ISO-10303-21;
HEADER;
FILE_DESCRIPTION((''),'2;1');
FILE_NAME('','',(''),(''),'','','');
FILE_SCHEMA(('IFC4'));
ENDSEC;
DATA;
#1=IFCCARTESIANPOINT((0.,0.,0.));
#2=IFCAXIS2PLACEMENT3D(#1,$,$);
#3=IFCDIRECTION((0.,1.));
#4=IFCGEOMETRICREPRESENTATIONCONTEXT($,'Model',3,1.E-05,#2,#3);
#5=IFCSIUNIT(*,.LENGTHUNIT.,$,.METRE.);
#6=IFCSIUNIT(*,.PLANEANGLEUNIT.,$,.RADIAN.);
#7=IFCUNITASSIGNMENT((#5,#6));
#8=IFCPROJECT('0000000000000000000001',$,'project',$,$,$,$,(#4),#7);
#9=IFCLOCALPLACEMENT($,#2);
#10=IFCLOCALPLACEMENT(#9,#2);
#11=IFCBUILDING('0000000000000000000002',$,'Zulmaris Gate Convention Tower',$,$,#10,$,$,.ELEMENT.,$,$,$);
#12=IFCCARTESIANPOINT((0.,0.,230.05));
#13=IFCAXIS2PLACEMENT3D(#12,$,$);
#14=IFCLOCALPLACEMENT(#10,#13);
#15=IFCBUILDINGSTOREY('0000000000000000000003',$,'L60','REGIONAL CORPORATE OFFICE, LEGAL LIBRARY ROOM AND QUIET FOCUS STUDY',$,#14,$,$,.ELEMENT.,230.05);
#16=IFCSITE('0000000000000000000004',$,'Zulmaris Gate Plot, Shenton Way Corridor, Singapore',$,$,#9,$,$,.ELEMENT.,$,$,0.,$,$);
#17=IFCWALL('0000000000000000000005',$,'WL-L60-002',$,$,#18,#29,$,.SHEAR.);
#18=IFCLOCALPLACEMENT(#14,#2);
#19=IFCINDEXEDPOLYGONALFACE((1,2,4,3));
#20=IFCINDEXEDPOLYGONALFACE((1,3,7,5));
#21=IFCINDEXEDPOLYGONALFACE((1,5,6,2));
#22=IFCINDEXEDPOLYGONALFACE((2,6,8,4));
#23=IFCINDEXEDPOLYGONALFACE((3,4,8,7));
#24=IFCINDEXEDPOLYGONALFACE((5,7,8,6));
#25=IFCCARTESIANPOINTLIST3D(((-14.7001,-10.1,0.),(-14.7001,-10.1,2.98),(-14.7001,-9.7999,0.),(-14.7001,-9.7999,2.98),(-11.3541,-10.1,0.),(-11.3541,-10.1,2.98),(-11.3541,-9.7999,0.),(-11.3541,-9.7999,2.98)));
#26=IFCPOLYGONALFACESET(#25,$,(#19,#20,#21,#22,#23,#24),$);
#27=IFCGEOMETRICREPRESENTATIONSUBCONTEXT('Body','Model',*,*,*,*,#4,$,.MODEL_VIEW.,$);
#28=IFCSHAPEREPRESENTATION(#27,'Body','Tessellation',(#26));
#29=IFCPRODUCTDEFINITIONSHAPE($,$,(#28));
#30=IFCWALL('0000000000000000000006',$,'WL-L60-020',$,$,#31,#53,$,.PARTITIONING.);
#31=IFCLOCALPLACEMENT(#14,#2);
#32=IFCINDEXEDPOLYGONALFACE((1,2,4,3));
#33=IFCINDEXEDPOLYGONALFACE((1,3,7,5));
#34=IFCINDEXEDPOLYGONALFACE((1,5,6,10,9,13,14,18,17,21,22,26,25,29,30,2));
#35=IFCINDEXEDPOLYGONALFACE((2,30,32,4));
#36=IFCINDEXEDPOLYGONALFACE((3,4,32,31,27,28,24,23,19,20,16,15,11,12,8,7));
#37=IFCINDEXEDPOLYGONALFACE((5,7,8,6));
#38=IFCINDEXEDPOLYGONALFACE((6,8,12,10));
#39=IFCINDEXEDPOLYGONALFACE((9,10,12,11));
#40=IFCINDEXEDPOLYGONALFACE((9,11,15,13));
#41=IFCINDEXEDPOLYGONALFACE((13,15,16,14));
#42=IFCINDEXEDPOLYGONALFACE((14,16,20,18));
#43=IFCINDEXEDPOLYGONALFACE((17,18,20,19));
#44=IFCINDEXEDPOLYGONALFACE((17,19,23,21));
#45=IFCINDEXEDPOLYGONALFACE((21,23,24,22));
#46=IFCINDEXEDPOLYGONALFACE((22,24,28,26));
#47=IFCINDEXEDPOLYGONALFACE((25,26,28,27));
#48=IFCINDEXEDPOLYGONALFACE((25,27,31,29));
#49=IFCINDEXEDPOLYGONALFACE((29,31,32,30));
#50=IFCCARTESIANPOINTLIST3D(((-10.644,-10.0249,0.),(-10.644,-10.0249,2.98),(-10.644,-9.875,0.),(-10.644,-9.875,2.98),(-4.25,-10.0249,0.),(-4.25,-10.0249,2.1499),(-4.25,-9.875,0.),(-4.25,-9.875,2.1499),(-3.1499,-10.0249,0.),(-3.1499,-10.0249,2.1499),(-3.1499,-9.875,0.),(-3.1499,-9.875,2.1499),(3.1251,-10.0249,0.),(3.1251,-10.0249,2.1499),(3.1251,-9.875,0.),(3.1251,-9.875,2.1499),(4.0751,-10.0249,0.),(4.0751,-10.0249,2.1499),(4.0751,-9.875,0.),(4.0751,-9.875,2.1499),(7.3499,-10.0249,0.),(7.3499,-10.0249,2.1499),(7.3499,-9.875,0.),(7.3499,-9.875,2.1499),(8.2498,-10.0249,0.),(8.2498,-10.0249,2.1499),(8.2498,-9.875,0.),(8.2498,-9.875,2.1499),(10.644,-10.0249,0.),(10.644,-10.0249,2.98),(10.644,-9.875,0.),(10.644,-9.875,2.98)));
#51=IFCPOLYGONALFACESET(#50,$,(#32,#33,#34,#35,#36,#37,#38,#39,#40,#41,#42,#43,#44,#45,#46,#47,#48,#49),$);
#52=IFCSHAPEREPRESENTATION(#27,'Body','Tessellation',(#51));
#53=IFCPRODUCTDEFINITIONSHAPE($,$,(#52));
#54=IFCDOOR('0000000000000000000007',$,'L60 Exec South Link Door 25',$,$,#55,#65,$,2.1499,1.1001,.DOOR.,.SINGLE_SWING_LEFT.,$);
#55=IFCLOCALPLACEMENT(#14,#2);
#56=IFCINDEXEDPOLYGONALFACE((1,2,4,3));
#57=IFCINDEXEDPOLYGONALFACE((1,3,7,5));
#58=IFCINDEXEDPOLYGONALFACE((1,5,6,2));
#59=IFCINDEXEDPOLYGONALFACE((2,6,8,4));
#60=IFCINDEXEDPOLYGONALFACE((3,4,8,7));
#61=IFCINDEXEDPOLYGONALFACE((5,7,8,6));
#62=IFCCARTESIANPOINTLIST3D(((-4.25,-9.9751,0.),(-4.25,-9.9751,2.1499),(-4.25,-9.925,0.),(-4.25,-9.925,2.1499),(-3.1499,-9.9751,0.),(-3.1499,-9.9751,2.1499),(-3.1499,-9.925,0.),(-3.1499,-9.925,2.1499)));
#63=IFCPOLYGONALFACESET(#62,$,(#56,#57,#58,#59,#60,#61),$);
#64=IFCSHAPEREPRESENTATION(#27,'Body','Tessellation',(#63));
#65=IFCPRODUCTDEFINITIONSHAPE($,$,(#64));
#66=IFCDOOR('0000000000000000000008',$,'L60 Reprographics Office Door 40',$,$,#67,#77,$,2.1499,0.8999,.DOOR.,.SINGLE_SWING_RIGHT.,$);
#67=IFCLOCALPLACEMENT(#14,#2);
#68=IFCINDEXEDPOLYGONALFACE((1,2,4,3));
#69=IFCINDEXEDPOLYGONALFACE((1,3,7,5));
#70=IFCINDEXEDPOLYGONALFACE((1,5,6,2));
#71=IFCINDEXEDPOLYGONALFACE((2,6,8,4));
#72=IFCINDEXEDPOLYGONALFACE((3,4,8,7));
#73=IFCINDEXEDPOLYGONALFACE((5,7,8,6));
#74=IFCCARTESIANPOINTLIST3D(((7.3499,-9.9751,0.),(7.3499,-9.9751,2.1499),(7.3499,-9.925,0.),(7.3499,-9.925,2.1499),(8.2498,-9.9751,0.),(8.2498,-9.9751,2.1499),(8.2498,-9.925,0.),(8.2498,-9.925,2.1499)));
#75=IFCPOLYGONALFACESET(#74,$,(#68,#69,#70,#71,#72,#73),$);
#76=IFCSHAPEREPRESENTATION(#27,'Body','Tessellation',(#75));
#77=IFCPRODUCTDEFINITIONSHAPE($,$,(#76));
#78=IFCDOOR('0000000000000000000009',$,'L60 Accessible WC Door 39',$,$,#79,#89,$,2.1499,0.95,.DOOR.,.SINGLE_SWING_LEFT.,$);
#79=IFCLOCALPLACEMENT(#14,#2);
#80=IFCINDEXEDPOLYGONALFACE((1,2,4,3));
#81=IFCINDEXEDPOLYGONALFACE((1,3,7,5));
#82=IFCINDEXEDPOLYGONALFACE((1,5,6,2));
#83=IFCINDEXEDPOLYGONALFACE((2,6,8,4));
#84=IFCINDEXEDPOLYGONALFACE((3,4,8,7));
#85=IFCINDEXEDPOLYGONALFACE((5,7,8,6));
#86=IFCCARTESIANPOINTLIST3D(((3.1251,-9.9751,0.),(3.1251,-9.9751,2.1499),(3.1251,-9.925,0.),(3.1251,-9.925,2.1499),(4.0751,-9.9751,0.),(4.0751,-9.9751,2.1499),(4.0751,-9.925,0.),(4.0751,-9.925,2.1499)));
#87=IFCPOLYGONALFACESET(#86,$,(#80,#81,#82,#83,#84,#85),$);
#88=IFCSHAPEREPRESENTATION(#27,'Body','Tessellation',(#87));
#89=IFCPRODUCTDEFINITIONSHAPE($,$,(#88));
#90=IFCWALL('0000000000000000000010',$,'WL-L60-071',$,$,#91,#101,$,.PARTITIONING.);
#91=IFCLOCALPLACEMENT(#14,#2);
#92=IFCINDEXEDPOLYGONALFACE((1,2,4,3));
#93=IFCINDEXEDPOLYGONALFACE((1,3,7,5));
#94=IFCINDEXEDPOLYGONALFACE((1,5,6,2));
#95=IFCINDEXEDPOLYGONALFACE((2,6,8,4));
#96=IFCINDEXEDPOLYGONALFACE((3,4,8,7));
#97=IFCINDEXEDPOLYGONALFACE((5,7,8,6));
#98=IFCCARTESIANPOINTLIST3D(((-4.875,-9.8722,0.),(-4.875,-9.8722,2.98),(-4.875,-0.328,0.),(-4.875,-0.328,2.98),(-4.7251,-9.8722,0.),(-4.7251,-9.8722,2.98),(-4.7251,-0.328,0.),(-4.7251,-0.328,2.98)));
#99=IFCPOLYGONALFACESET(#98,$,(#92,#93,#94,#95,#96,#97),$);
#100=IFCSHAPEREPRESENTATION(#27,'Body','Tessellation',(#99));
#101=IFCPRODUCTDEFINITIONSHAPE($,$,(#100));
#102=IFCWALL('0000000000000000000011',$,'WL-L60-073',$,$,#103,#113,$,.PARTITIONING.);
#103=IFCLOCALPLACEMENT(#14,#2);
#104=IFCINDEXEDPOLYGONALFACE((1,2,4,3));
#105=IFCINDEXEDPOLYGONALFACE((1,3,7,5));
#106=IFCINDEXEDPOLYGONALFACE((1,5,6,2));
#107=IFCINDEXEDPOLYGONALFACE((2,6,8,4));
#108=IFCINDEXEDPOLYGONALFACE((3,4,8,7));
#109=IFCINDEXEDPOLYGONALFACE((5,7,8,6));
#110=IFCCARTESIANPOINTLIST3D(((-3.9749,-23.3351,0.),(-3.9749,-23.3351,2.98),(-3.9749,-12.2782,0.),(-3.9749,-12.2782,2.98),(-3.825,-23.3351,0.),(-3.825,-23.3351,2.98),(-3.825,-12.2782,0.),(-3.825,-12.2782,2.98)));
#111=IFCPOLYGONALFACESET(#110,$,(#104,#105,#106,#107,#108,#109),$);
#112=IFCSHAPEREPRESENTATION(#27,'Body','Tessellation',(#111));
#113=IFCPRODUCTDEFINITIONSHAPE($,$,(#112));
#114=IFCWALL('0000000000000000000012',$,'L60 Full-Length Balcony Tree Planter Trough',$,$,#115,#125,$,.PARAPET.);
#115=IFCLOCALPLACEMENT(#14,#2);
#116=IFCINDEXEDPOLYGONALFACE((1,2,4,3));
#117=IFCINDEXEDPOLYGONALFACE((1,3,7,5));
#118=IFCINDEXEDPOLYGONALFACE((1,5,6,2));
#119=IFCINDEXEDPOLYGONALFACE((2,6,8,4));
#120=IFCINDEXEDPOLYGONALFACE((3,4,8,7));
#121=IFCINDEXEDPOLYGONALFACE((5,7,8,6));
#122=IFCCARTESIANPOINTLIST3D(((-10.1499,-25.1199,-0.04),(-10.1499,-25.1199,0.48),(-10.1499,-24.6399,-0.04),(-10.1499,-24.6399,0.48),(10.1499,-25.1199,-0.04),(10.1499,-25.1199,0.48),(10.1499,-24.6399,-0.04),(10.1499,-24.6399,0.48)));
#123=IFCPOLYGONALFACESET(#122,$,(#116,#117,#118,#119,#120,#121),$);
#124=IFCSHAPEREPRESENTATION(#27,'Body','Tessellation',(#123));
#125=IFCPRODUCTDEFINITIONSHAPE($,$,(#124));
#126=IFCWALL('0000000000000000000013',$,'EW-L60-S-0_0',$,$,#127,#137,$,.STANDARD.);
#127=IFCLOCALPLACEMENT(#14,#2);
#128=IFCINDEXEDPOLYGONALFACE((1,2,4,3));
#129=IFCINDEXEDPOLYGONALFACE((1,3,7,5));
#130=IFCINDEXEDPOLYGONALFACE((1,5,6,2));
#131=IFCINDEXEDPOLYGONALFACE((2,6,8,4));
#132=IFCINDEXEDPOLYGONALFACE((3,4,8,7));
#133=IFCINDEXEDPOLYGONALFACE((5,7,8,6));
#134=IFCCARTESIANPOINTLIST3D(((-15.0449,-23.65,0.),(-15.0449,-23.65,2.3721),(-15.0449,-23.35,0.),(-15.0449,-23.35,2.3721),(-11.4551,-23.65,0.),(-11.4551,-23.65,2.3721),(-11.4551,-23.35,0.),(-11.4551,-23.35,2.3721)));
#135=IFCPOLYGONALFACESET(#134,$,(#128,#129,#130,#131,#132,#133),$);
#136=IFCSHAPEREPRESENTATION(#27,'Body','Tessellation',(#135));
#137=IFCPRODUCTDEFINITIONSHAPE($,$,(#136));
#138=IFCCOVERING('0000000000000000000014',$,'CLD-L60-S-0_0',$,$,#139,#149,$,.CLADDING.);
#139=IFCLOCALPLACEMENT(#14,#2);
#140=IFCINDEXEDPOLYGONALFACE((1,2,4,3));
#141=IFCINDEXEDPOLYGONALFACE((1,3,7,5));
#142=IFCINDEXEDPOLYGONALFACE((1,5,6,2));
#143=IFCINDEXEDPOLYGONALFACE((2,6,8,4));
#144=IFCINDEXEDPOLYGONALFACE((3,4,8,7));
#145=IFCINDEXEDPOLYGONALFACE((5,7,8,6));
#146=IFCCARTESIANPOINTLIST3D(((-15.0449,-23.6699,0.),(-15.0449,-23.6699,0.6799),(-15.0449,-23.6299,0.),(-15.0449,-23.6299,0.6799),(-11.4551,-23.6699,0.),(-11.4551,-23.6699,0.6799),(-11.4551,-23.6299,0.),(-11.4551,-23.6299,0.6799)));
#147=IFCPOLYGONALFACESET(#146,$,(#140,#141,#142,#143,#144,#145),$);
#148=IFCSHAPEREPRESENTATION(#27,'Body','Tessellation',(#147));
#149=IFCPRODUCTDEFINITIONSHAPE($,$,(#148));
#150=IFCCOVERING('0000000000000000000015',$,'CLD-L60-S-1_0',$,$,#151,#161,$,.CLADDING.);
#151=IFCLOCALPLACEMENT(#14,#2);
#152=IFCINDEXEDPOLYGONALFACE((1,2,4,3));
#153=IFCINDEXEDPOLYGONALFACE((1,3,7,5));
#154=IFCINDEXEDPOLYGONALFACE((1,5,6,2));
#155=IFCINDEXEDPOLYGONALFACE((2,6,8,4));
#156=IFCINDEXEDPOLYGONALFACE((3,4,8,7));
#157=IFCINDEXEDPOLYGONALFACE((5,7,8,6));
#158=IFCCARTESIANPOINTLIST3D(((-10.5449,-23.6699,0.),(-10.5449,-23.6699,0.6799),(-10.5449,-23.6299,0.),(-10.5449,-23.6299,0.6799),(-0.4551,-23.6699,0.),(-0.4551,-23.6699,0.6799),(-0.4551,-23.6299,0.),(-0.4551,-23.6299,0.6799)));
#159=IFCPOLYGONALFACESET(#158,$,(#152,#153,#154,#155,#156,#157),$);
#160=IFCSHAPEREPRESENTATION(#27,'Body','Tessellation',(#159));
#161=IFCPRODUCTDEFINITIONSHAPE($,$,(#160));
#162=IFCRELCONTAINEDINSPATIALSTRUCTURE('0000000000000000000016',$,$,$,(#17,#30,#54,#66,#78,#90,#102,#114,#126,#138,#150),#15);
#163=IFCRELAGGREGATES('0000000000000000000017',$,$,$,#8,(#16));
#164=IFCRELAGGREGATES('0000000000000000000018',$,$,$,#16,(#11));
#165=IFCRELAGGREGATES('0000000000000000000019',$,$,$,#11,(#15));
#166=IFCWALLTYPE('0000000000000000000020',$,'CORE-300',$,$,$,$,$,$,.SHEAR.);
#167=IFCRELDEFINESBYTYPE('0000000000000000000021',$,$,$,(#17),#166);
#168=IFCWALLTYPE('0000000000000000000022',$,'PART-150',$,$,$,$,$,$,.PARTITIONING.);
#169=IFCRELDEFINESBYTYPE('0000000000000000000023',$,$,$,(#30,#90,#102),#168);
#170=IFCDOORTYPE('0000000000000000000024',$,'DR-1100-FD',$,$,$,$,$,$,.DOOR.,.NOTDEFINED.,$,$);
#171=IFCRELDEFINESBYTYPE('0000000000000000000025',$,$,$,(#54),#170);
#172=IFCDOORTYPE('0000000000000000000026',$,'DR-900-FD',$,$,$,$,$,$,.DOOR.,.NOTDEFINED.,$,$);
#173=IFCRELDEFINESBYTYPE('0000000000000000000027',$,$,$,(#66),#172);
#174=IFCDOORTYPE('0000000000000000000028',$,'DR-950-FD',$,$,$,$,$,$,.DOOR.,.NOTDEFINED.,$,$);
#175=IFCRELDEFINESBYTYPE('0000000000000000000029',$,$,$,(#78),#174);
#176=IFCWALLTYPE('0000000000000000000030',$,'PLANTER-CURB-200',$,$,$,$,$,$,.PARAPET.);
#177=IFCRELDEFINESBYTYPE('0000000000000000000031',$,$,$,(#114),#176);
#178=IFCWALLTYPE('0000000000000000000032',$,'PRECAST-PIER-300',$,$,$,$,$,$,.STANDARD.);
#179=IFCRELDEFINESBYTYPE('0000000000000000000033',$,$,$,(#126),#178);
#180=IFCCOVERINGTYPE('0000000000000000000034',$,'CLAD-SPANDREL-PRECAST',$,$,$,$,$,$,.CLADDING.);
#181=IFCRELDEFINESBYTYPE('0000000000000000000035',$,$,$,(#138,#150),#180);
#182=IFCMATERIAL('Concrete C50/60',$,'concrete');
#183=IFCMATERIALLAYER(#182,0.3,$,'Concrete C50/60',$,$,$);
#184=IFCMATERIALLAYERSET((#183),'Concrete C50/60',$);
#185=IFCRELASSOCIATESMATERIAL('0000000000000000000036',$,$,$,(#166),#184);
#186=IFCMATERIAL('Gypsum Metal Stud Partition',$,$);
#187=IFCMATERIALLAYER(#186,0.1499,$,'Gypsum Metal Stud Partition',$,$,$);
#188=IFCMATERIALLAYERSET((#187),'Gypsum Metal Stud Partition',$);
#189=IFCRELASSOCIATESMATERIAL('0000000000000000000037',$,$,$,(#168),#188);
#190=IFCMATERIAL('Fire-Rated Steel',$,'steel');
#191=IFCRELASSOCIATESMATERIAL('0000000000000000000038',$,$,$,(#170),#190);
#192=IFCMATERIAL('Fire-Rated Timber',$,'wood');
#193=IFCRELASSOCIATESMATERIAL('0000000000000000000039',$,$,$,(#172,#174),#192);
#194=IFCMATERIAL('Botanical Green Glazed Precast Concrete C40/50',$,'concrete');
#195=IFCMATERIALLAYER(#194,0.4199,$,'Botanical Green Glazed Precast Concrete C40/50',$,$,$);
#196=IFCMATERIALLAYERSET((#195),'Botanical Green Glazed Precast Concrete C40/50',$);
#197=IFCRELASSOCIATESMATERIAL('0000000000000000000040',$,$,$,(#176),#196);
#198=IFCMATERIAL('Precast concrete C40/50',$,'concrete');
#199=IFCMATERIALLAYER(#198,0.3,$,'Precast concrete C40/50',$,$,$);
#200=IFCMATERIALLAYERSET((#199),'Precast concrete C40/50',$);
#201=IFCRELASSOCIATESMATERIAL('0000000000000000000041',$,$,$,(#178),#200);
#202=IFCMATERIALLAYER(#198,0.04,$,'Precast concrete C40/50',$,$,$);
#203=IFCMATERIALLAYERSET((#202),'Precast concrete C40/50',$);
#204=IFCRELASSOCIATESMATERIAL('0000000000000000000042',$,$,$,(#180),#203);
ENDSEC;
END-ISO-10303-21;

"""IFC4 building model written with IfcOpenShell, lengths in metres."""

from ifc_helpers import new_model, si_unit, direction, frame, frame_2d, origin, place, context, subcontext, project, spatial, rectangle, extrude, material, layer, layer_set, type_object, element, fill, save


model = new_model("IFC4")

# Units and contexts
model_context = context("Model", 3, precision=1e-05, world=origin(), true_north=direction((0.0, 1.0)))
body_context = subcontext(model_context, "Body", "Model", "MODEL_VIEW")
ifc_project = project(units=[si_unit("LENGTHUNIT", "METRE"), si_unit("PLANEANGLEUNIT", "RADIAN")], contexts=[model_context])

# Site, building, storey
site_placement = place(None, origin())
site = spatial("IfcSite", under=ifc_project, at=site_placement, Name="Zulmaris Gate Plot, Shenton Way Corridor, Singapore", CompositionType="ELEMENT", RefElevation=0.0)
building_placement = place(site_placement, origin())
building = spatial("IfcBuilding", under=site, at=building_placement, Name="Zulmaris Gate Convention Tower", CompositionType="ELEMENT")
storey_placement = place(building_placement, frame((0.0, 0.0, 230.05)))
storey = spatial("IfcBuildingStorey", under=building, at=storey_placement, Name="L60", Description="REGIONAL CORPORATE OFFICE, LEGAL LIBRARY ROOM AND QUIET FOCUS STUDY", CompositionType="ELEMENT", Elevation=230.05)

# Shared definitions
ifc_material_1 = material(Name="Concrete C50/60", Category="concrete")

# Wall
ifc_layer_1 = layer(ifc_material_1, 0.3, Name="Concrete C50/60")
ifc_layer_set_1 = layer_set([ifc_layer_1], Name="Concrete C50/60")
wall_type_1 = type_object("IfcWallType", Name="CORE-300", PredefinedType="SHEAR", material=ifc_layer_set_1)
wall_1_placement = place(storey_placement, frame((-14.7, -9.95, 0.0), z_axis=(0.0, 0.0, 1.0), x_axis=(1.0, 0.0, 0.0)))
element("IfcWall", 1, at=wall_1_placement, inside=storey, type_object=wall_type_1, Name="WL-L60-002", PredefinedType="SHEAR", context=body_context, shape_type="SweptSolid", body=[
    extrude(rectangle(XDim=3.3459, YDim=0.3, at=frame_2d((1.6729, 0.0))), origin(), (0.0, 0.0, 1.0), 2.98),
])

# Wall, openings, doors
ifc_material_2 = material(Name="Gypsum Metal Stud Partition")
ifc_layer_2 = layer(ifc_material_2, 0.1499, Name="Gypsum Metal Stud Partition")
ifc_layer_set_2 = layer_set([ifc_layer_2], Name="Gypsum Metal Stud Partition")
wall_type_2 = type_object("IfcWallType", Name="PART-150", PredefinedType="PARTITIONING", material=ifc_layer_set_2)
wall_2_placement = place(storey_placement, frame((-10.644, -9.95, 0.0), z_axis=(0.0, 0.0, 1.0), x_axis=(1.0, 0.0, 0.0)))
wall_2 = element("IfcWall", 2, at=wall_2_placement, inside=storey, type_object=wall_type_2, Name="WL-L60-020", PredefinedType="PARTITIONING", context=body_context, shape_type="SweptSolid", body=[
    extrude(rectangle(XDim=21.2881, YDim=0.1499, at=frame_2d((10.644, 0.0))), origin(), (0.0, 0.0, 1.0), 2.98),
])
opening_1_placement = place(wall_2_placement, frame((6.394, 0.0, 0.0)))
opening_1 = element("IfcOpeningElement", 3, at=opening_1_placement, cuts=wall_2, PredefinedType="OPENING", context=body_context, shape_type="SweptSolid", body=[
    extrude(rectangle(XDim=1.1001, YDim=2.1499, at=frame_2d((0.55, 1.075))), frame((0.0, 0.085, 0.0), z_axis=(0.0, -1.0, 0.0), x_axis=(1.0, 0.0, 0.0)), (0.0, 0.0, 1.0), 0.1699),
])
opening_2_placement = place(wall_2_placement, frame((13.769, 0.0, 0.0)))
opening_2 = element("IfcOpeningElement", 4, at=opening_2_placement, cuts=wall_2, PredefinedType="OPENING", context=body_context, shape_type="SweptSolid", body=[
    extrude(rectangle(XDim=0.95, YDim=2.1499, at=frame_2d((0.4751, 1.075))), frame((0.0, 0.085, 0.0), z_axis=(0.0, -1.0, 0.0), x_axis=(1.0, 0.0, 0.0)), (0.0, 0.0, 1.0), 0.1699),
])
opening_3_placement = place(wall_2_placement, frame((17.9939, 0.0, 0.0)))
opening_3 = element("IfcOpeningElement", 5, at=opening_3_placement, cuts=wall_2, PredefinedType="OPENING", context=body_context, shape_type="SweptSolid", body=[
    extrude(rectangle(XDim=0.8999, YDim=2.1499, at=frame_2d((0.45, 1.075))), frame((0.0, 0.085, 0.0), z_axis=(0.0, -1.0, 0.0), x_axis=(1.0, 0.0, 0.0)), (0.0, 0.0, 1.0), 0.1699),
])
ifc_material_3 = material(Name="Fire-Rated Steel", Category="steel")
door_type_1 = type_object("IfcDoorType", Name="DR-1100-FD", OperationType="NOTDEFINED", PredefinedType="DOOR", material=ifc_material_3)
door_1_placement = place(opening_1_placement, origin())
door_1 = element("IfcDoor", 6, at=door_1_placement, inside=storey, type_object=door_type_1, Name="L60 Exec South Link Door 25", OperationType="SINGLE_SWING_LEFT", OverallHeight=2.1499, OverallWidth=1.1001, PredefinedType="DOOR", context=body_context, shape_type="SweptSolid", body=[
    extrude(rectangle(XDim=1.1001, YDim=2.1499, at=frame_2d((0.55, 1.075))), frame((0.0, 0.0249, 0.0), z_axis=(0.0, -1.0, 0.0), x_axis=(1.0, 0.0, 0.0)), (0.0, 0.0, 1.0), 0.05),
])
fill(opening_1, door_1)
ifc_material_4 = material(Name="Fire-Rated Timber", Category="wood")
door_type_2 = type_object("IfcDoorType", Name="DR-900-FD", OperationType="NOTDEFINED", PredefinedType="DOOR", material=ifc_material_4)
door_2_placement = place(opening_3_placement, origin())
door_2 = element("IfcDoor", 7, at=door_2_placement, inside=storey, type_object=door_type_2, Name="L60 Reprographics Office Door 40", OperationType="SINGLE_SWING_RIGHT", OverallHeight=2.1499, OverallWidth=0.8999, PredefinedType="DOOR", context=body_context, shape_type="SweptSolid", body=[
    extrude(rectangle(XDim=0.8999, YDim=2.1499, at=frame_2d((0.45, 1.075))), frame((0.0, 0.0249, 0.0), z_axis=(0.0, -1.0, 0.0), x_axis=(1.0, 0.0, 0.0)), (0.0, 0.0, 1.0), 0.05),
])
fill(opening_3, door_2)
door_type_3 = type_object("IfcDoorType", Name="DR-950-FD", OperationType="NOTDEFINED", PredefinedType="DOOR", material=ifc_material_4)
door_3_placement = place(opening_2_placement, origin())
door_3 = element("IfcDoor", 8, at=door_3_placement, inside=storey, type_object=door_type_3, Name="L60 Accessible WC Door 39", OperationType="SINGLE_SWING_LEFT", OverallHeight=2.1499, OverallWidth=0.95, PredefinedType="DOOR", context=body_context, shape_type="SweptSolid", body=[
    extrude(rectangle(XDim=0.95, YDim=2.1499, at=frame_2d((0.4751, 1.075))), frame((0.0, 0.0249, 0.0), z_axis=(0.0, -1.0, 0.0), x_axis=(1.0, 0.0, 0.0)), (0.0, 0.0, 1.0), 0.05),
])
fill(opening_2, door_3)

# Walls
wall_3_placement = place(storey_placement, frame((-4.8, -9.8721, 0.0), z_axis=(0.0, 0.0, 1.0), x_axis=(0.0, 1.0, 0.0)))
element("IfcWall", 9, at=wall_3_placement, inside=storey, type_object=wall_type_2, Name="WL-L60-071", PredefinedType="PARTITIONING", context=body_context, shape_type="SweptSolid", body=[
    extrude(rectangle(XDim=9.5442, YDim=0.1499, at=frame_2d((4.772, 0.0))), origin(), (0.0, 0.0, 1.0), 2.98),
])
wall_4_placement = place(storey_placement, frame((-3.8999, -23.335, 0.0), z_axis=(0.0, 0.0, 1.0), x_axis=(0.0, 1.0, 0.0)))
element("IfcWall", 10, at=wall_4_placement, inside=storey, type_object=wall_type_2, Name="WL-L60-073", PredefinedType="PARTITIONING", context=body_context, shape_type="SweptSolid", body=[
    extrude(rectangle(XDim=11.0569, YDim=0.1499, at=frame_2d((5.5283, 0.0))), origin(), (0.0, 0.0, 1.0), 2.98),
])
ifc_material_5 = material(Name="Botanical Green Glazed Precast Concrete C40/50", Category="concrete")
ifc_layer_3 = layer(ifc_material_5, 0.4199, Name="Botanical Green Glazed Precast Concrete C40/50")
ifc_layer_set_3 = layer_set([ifc_layer_3], Name="Botanical Green Glazed Precast Concrete C40/50")
wall_type_3 = type_object("IfcWallType", Name="PLANTER-CURB-200", PredefinedType="PARAPET", material=ifc_layer_set_3)
wall_5_placement = place(storey_placement, frame((-10.1499, -24.8799, -0.04), z_axis=(0.0, 0.0, 1.0), x_axis=(1.0, 0.0, 0.0)))
element("IfcWall", 11, at=wall_5_placement, inside=storey, type_object=wall_type_3, Name="L60 Full-Length Balcony Tree Planter Trough", PredefinedType="PARAPET", context=body_context, shape_type="SweptSolid", body=[
    extrude(rectangle(XDim=20.2998, YDim=0.48, at=frame_2d((10.1499, 0.0))), origin(), (0.0, 0.0, 1.0), 0.52),
])
ifc_material_6 = material(Name="Precast concrete C40/50", Category="concrete")
ifc_layer_4 = layer(ifc_material_6, 0.3, Name="Precast concrete C40/50")
ifc_layer_set_4 = layer_set([ifc_layer_4], Name="Precast concrete C40/50")
wall_type_4 = type_object("IfcWallType", Name="PRECAST-PIER-300", PredefinedType="STANDARD", material=ifc_layer_set_4)
wall_6_placement = place(storey_placement, frame((-15.0449, -23.5, 0.0), z_axis=(0.0, 0.0, 1.0), x_axis=(1.0, 0.0, 0.0)))
element("IfcWall", 12, at=wall_6_placement, inside=storey, type_object=wall_type_4, Name="EW-L60-S-0_0", PredefinedType="STANDARD", context=body_context, shape_type="SweptSolid", body=[
    extrude(rectangle(XDim=3.5898, YDim=0.3, at=frame_2d((1.7949, 0.0))), origin(), (0.0, 0.0, 1.0), 2.3721),
])

# Coverings
ifc_layer_5 = layer(ifc_material_6, 0.04, Name="Precast concrete C40/50")
ifc_layer_set_5 = layer_set([ifc_layer_5], Name="Precast concrete C40/50")
covering_type = type_object("IfcCoveringType", Name="CLAD-SPANDREL-PRECAST", PredefinedType="CLADDING", material=ifc_layer_set_5)
covering_1_placement = place(storey_placement, frame((-15.0449, -23.6499, 0.0), z_axis=(0.0, 0.0, 1.0), x_axis=(1.0, 0.0, 0.0)))
element("IfcCovering", 13, at=covering_1_placement, inside=storey, type_object=covering_type, Name="CLD-L60-S-0_0", PredefinedType="CLADDING", context=body_context, shape_type="SweptSolid", body=[
    extrude(rectangle(XDim=3.5898, YDim=0.04, at=frame_2d((1.7949, 0.0))), origin(), (0.0, 0.0, 1.0), 0.6799),
])
covering_2_placement = place(storey_placement, frame((-10.5449, -23.6499, 0.0), z_axis=(0.0, 0.0, 1.0), x_axis=(1.0, 0.0, 0.0)))
element("IfcCovering", 14, at=covering_2_placement, inside=storey, type_object=covering_type, Name="CLD-L60-S-1_0", PredefinedType="CLADDING", context=body_context, shape_type="SweptSolid", body=[
    extrude(rectangle(XDim=10.0898, YDim=0.04, at=frame_2d((5.0449, 0.0))), origin(), (0.0, 0.0, 1.0), 0.6799),
])

save(model, "model.ifc")
